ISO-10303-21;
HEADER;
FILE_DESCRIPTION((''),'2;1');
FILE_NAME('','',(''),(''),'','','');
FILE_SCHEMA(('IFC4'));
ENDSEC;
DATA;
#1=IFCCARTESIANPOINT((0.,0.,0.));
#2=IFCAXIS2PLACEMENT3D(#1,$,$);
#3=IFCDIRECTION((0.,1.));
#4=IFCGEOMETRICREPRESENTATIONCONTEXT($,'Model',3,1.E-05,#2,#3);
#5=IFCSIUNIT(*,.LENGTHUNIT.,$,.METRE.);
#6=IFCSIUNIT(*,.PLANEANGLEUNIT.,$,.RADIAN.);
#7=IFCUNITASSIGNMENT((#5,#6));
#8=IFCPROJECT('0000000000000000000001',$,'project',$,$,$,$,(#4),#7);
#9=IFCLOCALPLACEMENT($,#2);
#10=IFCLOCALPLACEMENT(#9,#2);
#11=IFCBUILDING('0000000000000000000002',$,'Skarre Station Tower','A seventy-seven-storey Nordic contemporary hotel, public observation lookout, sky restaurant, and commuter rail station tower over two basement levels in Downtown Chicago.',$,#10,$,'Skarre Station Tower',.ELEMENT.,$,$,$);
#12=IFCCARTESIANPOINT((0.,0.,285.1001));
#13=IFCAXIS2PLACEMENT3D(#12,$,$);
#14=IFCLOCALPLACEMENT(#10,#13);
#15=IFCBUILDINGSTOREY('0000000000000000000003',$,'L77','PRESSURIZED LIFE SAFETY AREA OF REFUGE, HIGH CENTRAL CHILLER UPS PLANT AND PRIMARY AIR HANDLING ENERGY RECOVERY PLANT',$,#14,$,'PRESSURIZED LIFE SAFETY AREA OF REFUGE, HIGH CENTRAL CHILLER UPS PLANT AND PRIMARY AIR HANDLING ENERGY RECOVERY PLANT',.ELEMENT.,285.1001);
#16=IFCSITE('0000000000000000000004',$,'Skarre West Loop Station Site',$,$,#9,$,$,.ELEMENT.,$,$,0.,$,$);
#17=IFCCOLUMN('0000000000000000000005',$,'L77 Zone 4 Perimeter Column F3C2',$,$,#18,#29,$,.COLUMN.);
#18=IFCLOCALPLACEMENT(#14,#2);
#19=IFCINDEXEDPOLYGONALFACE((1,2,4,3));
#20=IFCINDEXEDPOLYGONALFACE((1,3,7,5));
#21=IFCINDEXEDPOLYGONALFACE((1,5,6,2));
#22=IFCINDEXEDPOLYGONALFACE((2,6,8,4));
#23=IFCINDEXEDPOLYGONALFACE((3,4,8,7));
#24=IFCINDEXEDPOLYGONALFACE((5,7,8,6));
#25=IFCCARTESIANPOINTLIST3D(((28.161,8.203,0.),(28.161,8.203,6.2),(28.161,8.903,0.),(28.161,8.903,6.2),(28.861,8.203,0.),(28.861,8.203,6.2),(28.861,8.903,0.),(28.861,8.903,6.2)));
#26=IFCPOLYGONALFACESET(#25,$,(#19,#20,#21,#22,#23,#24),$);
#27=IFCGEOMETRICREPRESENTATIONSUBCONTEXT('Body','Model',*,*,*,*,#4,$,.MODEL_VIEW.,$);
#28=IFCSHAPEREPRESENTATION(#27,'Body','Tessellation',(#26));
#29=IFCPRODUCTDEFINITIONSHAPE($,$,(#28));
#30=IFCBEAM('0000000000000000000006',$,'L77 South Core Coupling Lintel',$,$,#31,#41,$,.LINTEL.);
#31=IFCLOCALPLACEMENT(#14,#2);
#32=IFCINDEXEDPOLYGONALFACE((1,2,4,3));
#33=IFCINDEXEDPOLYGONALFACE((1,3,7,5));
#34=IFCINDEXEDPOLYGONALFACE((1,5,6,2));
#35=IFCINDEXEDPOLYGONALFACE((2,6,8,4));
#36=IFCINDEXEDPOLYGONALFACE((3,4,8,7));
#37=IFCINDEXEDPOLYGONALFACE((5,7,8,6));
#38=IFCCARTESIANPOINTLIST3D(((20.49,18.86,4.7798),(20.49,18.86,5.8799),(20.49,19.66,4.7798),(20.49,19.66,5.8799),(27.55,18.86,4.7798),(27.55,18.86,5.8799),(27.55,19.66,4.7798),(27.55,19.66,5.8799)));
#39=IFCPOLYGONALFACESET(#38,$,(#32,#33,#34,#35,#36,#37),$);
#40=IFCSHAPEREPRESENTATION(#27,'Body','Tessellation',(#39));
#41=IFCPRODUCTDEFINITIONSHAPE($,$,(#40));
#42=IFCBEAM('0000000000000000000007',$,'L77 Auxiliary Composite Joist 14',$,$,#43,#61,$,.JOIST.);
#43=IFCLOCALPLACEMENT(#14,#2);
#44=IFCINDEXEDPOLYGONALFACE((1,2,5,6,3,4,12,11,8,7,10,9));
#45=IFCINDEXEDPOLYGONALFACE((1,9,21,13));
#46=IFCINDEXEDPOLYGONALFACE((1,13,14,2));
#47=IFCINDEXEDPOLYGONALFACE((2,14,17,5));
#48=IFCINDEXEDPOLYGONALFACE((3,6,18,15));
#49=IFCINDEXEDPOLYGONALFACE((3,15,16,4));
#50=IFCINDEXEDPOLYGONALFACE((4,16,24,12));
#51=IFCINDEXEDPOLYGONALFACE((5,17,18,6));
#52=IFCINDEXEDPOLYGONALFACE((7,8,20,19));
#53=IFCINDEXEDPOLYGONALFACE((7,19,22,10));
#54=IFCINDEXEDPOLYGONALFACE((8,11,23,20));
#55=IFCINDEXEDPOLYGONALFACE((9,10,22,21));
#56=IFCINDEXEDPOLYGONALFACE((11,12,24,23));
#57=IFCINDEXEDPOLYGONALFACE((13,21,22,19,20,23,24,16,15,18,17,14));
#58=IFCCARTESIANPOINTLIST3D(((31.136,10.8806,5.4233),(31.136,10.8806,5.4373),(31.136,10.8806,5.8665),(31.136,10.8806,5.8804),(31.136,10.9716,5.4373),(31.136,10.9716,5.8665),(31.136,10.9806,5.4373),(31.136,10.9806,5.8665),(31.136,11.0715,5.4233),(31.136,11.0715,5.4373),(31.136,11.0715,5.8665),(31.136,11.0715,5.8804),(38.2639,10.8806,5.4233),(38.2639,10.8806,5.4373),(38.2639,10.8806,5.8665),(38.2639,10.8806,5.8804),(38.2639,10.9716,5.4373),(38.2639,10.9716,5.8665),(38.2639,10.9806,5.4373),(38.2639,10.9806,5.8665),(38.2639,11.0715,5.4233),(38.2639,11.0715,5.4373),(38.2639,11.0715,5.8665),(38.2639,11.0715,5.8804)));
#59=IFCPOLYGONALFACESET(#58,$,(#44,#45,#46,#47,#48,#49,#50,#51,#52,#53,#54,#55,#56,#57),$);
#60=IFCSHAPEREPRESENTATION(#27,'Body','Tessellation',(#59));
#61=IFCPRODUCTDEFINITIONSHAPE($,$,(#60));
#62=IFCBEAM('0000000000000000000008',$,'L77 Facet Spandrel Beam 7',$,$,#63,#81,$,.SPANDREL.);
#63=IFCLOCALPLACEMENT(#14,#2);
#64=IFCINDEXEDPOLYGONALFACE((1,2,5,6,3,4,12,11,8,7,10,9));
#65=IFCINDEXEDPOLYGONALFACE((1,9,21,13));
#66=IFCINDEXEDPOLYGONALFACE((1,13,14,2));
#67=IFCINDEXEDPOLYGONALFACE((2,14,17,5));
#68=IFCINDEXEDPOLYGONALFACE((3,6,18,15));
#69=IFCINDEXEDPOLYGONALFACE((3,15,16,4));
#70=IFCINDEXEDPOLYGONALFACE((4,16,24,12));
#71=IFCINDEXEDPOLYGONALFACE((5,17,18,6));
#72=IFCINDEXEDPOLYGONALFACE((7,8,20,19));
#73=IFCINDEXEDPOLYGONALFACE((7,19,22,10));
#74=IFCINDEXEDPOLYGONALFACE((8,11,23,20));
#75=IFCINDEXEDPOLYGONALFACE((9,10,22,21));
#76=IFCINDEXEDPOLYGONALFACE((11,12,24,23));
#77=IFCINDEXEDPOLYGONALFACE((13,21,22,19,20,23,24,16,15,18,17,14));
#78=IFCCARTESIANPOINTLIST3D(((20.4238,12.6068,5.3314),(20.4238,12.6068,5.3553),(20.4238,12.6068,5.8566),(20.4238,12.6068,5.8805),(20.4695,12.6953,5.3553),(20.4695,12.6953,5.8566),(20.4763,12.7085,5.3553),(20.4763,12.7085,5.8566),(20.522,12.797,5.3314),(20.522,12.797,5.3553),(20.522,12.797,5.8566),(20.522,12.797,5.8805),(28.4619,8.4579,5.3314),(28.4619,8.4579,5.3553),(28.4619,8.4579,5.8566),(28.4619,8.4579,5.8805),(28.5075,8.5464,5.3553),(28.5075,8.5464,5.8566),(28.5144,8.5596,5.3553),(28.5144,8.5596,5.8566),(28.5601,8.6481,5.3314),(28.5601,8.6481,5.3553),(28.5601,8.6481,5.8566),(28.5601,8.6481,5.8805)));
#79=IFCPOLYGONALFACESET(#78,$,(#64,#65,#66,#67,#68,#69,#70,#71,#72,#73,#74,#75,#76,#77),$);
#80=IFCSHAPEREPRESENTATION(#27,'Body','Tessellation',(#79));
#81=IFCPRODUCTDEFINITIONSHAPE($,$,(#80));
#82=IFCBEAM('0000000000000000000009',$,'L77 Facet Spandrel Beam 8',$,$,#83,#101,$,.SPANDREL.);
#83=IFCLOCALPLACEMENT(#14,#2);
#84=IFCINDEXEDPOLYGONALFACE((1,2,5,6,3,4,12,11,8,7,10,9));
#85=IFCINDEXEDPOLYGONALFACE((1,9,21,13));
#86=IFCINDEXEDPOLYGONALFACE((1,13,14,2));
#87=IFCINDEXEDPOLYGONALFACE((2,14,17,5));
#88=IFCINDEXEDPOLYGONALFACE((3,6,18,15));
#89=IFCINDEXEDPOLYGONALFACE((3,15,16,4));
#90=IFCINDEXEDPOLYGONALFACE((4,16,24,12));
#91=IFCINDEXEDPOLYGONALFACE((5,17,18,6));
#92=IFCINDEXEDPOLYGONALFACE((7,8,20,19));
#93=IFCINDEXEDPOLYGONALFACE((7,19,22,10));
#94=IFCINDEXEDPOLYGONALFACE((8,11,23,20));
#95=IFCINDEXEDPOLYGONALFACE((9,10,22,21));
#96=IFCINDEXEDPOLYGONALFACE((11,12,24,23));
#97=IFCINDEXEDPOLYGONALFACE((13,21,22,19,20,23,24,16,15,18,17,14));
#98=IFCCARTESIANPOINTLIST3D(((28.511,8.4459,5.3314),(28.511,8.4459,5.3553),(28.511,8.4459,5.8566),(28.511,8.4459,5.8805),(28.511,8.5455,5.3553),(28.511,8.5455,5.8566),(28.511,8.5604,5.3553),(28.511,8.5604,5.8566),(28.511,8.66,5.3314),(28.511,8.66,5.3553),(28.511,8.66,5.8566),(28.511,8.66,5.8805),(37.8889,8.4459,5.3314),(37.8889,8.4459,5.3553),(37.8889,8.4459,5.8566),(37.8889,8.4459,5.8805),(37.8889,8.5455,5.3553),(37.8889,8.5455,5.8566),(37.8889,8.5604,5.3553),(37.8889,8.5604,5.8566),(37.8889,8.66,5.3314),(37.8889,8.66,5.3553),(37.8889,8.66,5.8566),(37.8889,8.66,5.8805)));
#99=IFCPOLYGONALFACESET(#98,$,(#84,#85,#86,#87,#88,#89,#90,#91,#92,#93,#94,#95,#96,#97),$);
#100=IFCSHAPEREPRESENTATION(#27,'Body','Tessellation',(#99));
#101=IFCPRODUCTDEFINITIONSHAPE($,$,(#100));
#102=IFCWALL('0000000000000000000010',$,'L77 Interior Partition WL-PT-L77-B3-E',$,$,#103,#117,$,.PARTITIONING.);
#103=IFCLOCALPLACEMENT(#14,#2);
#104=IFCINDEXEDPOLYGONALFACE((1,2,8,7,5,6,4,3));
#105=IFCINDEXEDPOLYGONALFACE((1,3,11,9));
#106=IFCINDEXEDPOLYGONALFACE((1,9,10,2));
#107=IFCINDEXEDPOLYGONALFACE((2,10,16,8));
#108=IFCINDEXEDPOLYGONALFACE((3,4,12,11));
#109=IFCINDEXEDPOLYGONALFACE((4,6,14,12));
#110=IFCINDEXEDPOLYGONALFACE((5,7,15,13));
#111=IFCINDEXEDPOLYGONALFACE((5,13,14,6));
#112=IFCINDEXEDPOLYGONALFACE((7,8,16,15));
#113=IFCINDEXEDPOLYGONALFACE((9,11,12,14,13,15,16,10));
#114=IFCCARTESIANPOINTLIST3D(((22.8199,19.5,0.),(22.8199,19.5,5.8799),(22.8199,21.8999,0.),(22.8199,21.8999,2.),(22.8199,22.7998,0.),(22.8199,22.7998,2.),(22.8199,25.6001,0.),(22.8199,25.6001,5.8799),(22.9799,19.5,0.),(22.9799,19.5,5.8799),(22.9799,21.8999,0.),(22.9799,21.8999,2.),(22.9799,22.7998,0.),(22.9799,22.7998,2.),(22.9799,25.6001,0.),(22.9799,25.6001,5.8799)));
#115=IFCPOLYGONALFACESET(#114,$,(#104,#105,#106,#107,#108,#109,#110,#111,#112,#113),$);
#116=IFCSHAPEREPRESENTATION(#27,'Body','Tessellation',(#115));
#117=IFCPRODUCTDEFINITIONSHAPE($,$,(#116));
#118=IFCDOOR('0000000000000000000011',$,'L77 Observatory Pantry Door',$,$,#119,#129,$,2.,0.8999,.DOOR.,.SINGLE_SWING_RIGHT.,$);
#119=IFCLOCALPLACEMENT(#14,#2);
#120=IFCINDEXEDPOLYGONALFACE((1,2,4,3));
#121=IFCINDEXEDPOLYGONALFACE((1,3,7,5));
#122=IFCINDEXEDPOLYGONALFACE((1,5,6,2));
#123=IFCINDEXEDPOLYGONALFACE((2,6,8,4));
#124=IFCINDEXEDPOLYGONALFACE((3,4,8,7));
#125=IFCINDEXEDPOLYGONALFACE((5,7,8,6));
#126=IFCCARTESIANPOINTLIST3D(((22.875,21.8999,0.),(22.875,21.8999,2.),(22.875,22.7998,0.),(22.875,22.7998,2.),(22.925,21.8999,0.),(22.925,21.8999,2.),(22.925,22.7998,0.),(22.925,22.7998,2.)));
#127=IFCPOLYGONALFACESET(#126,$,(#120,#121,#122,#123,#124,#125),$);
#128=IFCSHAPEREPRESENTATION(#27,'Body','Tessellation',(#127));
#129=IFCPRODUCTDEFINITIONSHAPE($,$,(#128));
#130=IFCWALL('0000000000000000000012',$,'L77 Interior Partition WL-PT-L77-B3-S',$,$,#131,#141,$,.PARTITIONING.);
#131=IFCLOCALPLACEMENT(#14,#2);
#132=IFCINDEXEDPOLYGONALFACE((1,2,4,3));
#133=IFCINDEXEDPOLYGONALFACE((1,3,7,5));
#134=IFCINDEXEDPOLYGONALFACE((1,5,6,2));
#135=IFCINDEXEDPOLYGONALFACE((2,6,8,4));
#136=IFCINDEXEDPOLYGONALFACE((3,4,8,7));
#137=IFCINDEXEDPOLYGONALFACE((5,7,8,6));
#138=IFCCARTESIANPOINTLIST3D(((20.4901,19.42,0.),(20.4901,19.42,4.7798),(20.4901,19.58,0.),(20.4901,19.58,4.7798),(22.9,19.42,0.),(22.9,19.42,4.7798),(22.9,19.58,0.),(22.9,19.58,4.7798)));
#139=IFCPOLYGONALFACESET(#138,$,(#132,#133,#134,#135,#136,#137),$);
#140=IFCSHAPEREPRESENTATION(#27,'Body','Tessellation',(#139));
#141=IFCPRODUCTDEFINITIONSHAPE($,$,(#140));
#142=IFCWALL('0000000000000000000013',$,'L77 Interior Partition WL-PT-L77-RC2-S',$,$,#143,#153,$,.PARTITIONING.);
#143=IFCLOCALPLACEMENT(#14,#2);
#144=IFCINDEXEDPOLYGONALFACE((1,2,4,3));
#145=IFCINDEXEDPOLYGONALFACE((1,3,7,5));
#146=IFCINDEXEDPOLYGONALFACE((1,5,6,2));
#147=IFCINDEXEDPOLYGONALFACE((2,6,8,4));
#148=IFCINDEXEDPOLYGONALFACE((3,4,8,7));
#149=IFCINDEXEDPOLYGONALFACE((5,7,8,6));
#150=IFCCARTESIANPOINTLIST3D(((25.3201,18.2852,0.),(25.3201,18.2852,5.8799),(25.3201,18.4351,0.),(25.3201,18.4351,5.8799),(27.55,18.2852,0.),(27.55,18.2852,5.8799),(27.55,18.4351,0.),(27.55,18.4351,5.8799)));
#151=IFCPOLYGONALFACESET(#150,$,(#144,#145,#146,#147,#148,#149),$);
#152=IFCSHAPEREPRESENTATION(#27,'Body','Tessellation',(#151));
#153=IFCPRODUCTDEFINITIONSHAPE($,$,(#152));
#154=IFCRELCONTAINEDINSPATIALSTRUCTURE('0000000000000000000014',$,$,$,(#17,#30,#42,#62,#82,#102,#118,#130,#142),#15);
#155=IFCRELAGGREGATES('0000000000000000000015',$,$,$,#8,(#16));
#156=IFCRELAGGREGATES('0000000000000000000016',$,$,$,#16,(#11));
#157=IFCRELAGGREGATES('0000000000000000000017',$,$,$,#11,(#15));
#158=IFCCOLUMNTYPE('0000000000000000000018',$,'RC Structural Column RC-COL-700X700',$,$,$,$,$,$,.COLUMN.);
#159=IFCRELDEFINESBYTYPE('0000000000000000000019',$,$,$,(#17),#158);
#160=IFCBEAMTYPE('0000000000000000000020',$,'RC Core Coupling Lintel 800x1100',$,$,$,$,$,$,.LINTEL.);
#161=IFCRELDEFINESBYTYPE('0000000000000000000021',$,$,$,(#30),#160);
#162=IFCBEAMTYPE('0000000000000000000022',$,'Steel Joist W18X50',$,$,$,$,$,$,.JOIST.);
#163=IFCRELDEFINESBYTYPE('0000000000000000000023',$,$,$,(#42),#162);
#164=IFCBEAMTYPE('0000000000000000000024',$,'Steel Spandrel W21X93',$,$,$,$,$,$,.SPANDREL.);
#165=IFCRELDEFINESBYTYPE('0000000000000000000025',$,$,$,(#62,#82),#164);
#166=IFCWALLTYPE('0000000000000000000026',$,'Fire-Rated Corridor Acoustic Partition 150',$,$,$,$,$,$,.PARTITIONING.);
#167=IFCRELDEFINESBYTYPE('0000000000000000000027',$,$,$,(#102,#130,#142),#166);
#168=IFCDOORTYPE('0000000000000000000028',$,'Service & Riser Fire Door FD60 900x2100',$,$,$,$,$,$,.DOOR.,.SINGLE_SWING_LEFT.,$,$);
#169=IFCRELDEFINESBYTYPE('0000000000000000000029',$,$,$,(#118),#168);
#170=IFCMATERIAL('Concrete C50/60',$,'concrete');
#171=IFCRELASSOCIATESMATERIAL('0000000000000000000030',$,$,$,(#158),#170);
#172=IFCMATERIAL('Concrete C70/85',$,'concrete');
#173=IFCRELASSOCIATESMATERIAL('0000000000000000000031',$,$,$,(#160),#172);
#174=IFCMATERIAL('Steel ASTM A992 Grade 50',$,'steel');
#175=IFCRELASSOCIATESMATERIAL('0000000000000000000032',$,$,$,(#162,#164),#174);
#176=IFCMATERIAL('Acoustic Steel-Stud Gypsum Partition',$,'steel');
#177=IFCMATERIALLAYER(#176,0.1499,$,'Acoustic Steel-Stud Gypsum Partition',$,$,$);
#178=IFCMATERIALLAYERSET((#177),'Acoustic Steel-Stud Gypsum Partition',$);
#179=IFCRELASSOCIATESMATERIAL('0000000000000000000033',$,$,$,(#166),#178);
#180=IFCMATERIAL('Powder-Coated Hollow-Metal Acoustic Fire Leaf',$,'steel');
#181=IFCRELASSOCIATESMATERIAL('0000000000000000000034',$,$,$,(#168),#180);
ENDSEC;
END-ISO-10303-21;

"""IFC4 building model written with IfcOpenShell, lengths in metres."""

from ifc_helpers import new_model, si_unit, direction, frame, frame_2d, origin, origin_2d, place, context, subcontext, project, spatial, rectangle, i_section, extrude, material, layer, layer_set, material_profile, profile_set, type_object, element, fill, save


model = new_model("IFC4")

# Units and contexts
model_context = context("Model", 3, precision=1e-05, world=origin(), true_north=direction((0.0, 1.0)))
body_context = subcontext(model_context, "Body", "Model", "MODEL_VIEW")
ifc_project = project(units=[si_unit("LENGTHUNIT", "METRE"), si_unit("PLANEANGLEUNIT", "RADIAN")], contexts=[model_context])

# Site, building, storey
site_placement = place(None, origin())
site = spatial("IfcSite", under=ifc_project, at=site_placement, Name="Skarre West Loop Station Site", CompositionType="ELEMENT", RefElevation=0.0)
building_placement = place(site_placement, origin())
building = spatial("IfcBuilding", under=site, at=building_placement, Name="Skarre Station Tower", Description="A seventy-seven-storey Nordic contemporary hotel, public observation lookout, sky restaurant, and commuter rail station tower over two basement levels in Downtown Chicago.", LongName="Skarre Station Tower", CompositionType="ELEMENT")
storey_placement = place(building_placement, frame((0.0, 0.0, 285.1001)))
storey = spatial("IfcBuildingStorey", under=building, at=storey_placement, Name="L77", Description="PRESSURIZED LIFE SAFETY AREA OF REFUGE, HIGH CENTRAL CHILLER UPS PLANT AND PRIMARY AIR HANDLING ENERGY RECOVERY PLANT", LongName="PRESSURIZED LIFE SAFETY AREA OF REFUGE, HIGH CENTRAL CHILLER UPS PLANT AND PRIMARY AIR HANDLING ENERGY RECOVERY PLANT", CompositionType="ELEMENT", Elevation=285.1001)

# Column
ifc_material_1 = material(Name="Concrete C50/60", Category="concrete")
ifc_material_profile_1 = material_profile(ifc_material_1, rectangle(XDim=0.7, YDim=0.7, at=origin_2d()), Name="Concrete C50/60")
ifc_profile_set_1 = profile_set([ifc_material_profile_1], Name="Concrete C50/60")
column_type = type_object("IfcColumnType", Name="RC Structural Column RC-COL-700X700", PredefinedType="COLUMN", material=ifc_profile_set_1)
column_placement = place(storey_placement, frame((28.511, 8.553, 0.0), z_axis=(0.0, 0.0, 1.0), x_axis=(1.0, 0.0, 0.0)))
element("IfcColumn", 1, at=column_placement, inside=storey, type_object=column_type, Name="L77 Zone 4 Perimeter Column F3C2", PredefinedType="COLUMN", context=body_context, shape_type="SweptSolid", body=[
    extrude(rectangle(XDim=0.7, YDim=0.7, at=origin_2d()), origin(), (0.0, 0.0, 1.0), 6.2),
])

# Beams
ifc_material_2 = material(Name="Concrete C70/85", Category="concrete")
ifc_material_profile_2 = material_profile(ifc_material_2, rectangle(XDim=0.8, YDim=1.1001, at=origin_2d()), Name="Concrete C70/85")
ifc_profile_set_2 = profile_set([ifc_material_profile_2], Name="Concrete C70/85")
beam_type_1 = type_object("IfcBeamType", Name="RC Core Coupling Lintel 800x1100", PredefinedType="LINTEL", material=ifc_profile_set_2)
beam_1_placement = place(storey_placement, frame((20.49, 19.26, 5.3298), z_axis=(1.0, 0.0, 0.0), x_axis=(0.0, 1.0, 0.0)))
element("IfcBeam", 2, at=beam_1_placement, inside=storey, type_object=beam_type_1, Name="L77 South Core Coupling Lintel", PredefinedType="LINTEL", context=body_context, shape_type="SweptSolid", body=[
    extrude(rectangle(XDim=0.8, YDim=1.1001, at=origin_2d()), origin(), (0.0, 0.0, 1.0), 7.0601),
])
ifc_material_3 = material(Name="Steel ASTM A992 Grade 50", Category="steel")
ifc_material_profile_3 = material_profile(ifc_material_3, i_section(OverallWidth=0.1909, OverallDepth=0.457, WebThickness=0.009, FlangeThickness=0.0139, at=origin_2d()), Name="Steel ASTM A992 Grade 50")
ifc_profile_set_3 = profile_set([ifc_material_profile_3], Name="Steel ASTM A992 Grade 50")
beam_type_2 = type_object("IfcBeamType", Name="Steel Joist W18X50", PredefinedType="JOIST", material=ifc_profile_set_3)
beam_2_placement = place(storey_placement, frame((31.136, 10.9761, 5.6519), z_axis=(1.0, 0.0, 0.0), x_axis=(0.0, 1.0, 0.0)))
element("IfcBeam", 3, at=beam_2_placement, inside=storey, type_object=beam_type_2, Name="L77 Auxiliary Composite Joist 14", PredefinedType="JOIST", context=body_context, shape_type="SweptSolid", body=[
    extrude(i_section(OverallWidth=0.1909, OverallDepth=0.457, WebThickness=0.009, FlangeThickness=0.0139, at=origin_2d()), origin(), (0.0, 0.0, 1.0), 7.1279),
])
ifc_material_profile_4 = material_profile(ifc_material_3, i_section(OverallWidth=0.2141, OverallDepth=0.5491, WebThickness=0.0149, FlangeThickness=0.0239, at=origin_2d()), Name="Steel ASTM A992 Grade 50")
ifc_profile_set_4 = profile_set([ifc_material_profile_4], Name="Steel ASTM A992 Grade 50")
beam_type_3 = type_object("IfcBeamType", Name="Steel Spandrel W21X93", PredefinedType="SPANDREL", material=ifc_profile_set_4)
beam_3_placement = place(storey_placement, frame((20.4729, 12.7019, 5.606), z_axis=(0.88861, -0.458664, 0.0), x_axis=(0.458664, 0.88861, 0.0)))
element("IfcBeam", 4, at=beam_3_placement, inside=storey, type_object=beam_type_3, Name="L77 Facet Spandrel Beam 7", PredefinedType="SPANDREL", context=body_context, shape_type="SweptSolid", body=[
    extrude(i_section(OverallWidth=0.2141, OverallDepth=0.5491, WebThickness=0.0149, FlangeThickness=0.0239, at=origin_2d()), origin(), (0.0, 0.0, 1.0), 9.0457),
])
beam_4_placement = place(storey_placement, frame((28.511, 8.553, 5.606), z_axis=(1.0, 0.0, 0.0), x_axis=(0.0, 1.0, 0.0)))
element("IfcBeam", 5, at=beam_4_placement, inside=storey, type_object=beam_type_3, Name="L77 Facet Spandrel Beam 8", PredefinedType="SPANDREL", context=body_context, shape_type="SweptSolid", body=[
    extrude(i_section(OverallWidth=0.2141, OverallDepth=0.5491, WebThickness=0.0149, FlangeThickness=0.0239, at=origin_2d()), origin(), (0.0, 0.0, 1.0), 9.3779),
])

# Wall, opening, door
ifc_material_4 = material(Name="Acoustic Steel-Stud Gypsum Partition", Category="steel")
ifc_layer_1 = layer(ifc_material_4, 0.1499, Name="Acoustic Steel-Stud Gypsum Partition")
ifc_layer_set_1 = layer_set([ifc_layer_1], Name="Acoustic Steel-Stud Gypsum Partition")
wall_type_1 = type_object("IfcWallType", Name="Fire-Rated Corridor Acoustic Partition 150", PredefinedType="PARTITIONING", material=ifc_layer_set_1)
wall_1_placement = place(storey_placement, frame((22.8999, 19.5, 0.0), z_axis=(0.0, 0.0, 1.0), x_axis=(0.0, 1.0, 0.0)))
wall_1 = element("IfcWall", 6, at=wall_1_placement, inside=storey, type_object=wall_type_1, Name="L77 Interior Partition WL-PT-L77-B3-E", PredefinedType="PARTITIONING", context=body_context, shape_type="SweptSolid", body=[
    extrude(rectangle(XDim=6.1001, YDim=0.1599, at=frame_2d((3.05, 0.0))), origin(), (0.0, 0.0, 1.0), 5.8799),
])
opening_1_placement = place(wall_1_placement, frame((2.3999, 0.0, 0.0)))
opening_1 = element("IfcOpeningElement", 7, at=opening_1_placement, cuts=wall_1, PredefinedType="OPENING", context=body_context, shape_type="SweptSolid", body=[
    extrude(rectangle(XDim=0.8999, YDim=2.0, at=frame_2d((0.45, 1.0))), frame((0.0, 0.0898, 0.0), z_axis=(0.0, -1.0, 0.0), x_axis=(1.0, 0.0, 0.0)), (0.0, 0.0, 1.0), 0.1799),
])
ifc_material_5 = material(Name="Powder-Coated Hollow-Metal Acoustic Fire Leaf", Category="steel")
door_type_1 = type_object("IfcDoorType", Name="Service & Riser Fire Door FD60 900x2100", OperationType="SINGLE_SWING_LEFT", PredefinedType="DOOR", material=ifc_material_5)
door_1_placement = place(opening_1_placement, origin())
door_1 = element("IfcDoor", 8, at=door_1_placement, inside=storey, type_object=door_type_1, Name="L77 Observatory Pantry Door", OperationType="SINGLE_SWING_RIGHT", OverallHeight=2.0, OverallWidth=0.8999, PredefinedType="DOOR", context=body_context, shape_type="SweptSolid", body=[
    extrude(rectangle(XDim=0.8999, YDim=2.0, at=frame_2d((0.45, 1.0))), frame((0.0, 0.0249, 0.0), z_axis=(0.0, -1.0, 0.0), x_axis=(1.0, 0.0, 0.0)), (0.0, 0.0, 1.0), 0.05),
])
fill(opening_1, door_1)

# Walls
wall_2_placement = place(storey_placement, frame((20.49, 19.5, 0.0), z_axis=(0.0, 0.0, 1.0), x_axis=(1.0, 0.0, 0.0)))
element("IfcWall", 9, at=wall_2_placement, inside=storey, type_object=wall_type_1, Name="L77 Interior Partition WL-PT-L77-B3-S", PredefinedType="PARTITIONING", context=body_context, shape_type="SweptSolid", body=[
    extrude(rectangle(XDim=2.4099, YDim=0.1599, at=frame_2d((1.2051, 0.0))), origin(), (0.0, 0.0, 1.0), 4.7798),
])
wall_3_placement = place(storey_placement, frame((25.3201, 18.3601, 0.0), z_axis=(0.0, 0.0, 1.0), x_axis=(1.0, 0.0, 0.0)))
element("IfcWall", 10, at=wall_3_placement, inside=storey, type_object=wall_type_1, Name="L77 Interior Partition WL-PT-L77-RC2-S", PredefinedType="PARTITIONING", context=body_context, shape_type="SweptSolid", body=[
    extrude(rectangle(XDim=2.23, YDim=0.1499, at=frame_2d((1.115, 0.0))), origin(), (0.0, 0.0, 1.0), 5.8799),
])

save(model, "model.ifc")
